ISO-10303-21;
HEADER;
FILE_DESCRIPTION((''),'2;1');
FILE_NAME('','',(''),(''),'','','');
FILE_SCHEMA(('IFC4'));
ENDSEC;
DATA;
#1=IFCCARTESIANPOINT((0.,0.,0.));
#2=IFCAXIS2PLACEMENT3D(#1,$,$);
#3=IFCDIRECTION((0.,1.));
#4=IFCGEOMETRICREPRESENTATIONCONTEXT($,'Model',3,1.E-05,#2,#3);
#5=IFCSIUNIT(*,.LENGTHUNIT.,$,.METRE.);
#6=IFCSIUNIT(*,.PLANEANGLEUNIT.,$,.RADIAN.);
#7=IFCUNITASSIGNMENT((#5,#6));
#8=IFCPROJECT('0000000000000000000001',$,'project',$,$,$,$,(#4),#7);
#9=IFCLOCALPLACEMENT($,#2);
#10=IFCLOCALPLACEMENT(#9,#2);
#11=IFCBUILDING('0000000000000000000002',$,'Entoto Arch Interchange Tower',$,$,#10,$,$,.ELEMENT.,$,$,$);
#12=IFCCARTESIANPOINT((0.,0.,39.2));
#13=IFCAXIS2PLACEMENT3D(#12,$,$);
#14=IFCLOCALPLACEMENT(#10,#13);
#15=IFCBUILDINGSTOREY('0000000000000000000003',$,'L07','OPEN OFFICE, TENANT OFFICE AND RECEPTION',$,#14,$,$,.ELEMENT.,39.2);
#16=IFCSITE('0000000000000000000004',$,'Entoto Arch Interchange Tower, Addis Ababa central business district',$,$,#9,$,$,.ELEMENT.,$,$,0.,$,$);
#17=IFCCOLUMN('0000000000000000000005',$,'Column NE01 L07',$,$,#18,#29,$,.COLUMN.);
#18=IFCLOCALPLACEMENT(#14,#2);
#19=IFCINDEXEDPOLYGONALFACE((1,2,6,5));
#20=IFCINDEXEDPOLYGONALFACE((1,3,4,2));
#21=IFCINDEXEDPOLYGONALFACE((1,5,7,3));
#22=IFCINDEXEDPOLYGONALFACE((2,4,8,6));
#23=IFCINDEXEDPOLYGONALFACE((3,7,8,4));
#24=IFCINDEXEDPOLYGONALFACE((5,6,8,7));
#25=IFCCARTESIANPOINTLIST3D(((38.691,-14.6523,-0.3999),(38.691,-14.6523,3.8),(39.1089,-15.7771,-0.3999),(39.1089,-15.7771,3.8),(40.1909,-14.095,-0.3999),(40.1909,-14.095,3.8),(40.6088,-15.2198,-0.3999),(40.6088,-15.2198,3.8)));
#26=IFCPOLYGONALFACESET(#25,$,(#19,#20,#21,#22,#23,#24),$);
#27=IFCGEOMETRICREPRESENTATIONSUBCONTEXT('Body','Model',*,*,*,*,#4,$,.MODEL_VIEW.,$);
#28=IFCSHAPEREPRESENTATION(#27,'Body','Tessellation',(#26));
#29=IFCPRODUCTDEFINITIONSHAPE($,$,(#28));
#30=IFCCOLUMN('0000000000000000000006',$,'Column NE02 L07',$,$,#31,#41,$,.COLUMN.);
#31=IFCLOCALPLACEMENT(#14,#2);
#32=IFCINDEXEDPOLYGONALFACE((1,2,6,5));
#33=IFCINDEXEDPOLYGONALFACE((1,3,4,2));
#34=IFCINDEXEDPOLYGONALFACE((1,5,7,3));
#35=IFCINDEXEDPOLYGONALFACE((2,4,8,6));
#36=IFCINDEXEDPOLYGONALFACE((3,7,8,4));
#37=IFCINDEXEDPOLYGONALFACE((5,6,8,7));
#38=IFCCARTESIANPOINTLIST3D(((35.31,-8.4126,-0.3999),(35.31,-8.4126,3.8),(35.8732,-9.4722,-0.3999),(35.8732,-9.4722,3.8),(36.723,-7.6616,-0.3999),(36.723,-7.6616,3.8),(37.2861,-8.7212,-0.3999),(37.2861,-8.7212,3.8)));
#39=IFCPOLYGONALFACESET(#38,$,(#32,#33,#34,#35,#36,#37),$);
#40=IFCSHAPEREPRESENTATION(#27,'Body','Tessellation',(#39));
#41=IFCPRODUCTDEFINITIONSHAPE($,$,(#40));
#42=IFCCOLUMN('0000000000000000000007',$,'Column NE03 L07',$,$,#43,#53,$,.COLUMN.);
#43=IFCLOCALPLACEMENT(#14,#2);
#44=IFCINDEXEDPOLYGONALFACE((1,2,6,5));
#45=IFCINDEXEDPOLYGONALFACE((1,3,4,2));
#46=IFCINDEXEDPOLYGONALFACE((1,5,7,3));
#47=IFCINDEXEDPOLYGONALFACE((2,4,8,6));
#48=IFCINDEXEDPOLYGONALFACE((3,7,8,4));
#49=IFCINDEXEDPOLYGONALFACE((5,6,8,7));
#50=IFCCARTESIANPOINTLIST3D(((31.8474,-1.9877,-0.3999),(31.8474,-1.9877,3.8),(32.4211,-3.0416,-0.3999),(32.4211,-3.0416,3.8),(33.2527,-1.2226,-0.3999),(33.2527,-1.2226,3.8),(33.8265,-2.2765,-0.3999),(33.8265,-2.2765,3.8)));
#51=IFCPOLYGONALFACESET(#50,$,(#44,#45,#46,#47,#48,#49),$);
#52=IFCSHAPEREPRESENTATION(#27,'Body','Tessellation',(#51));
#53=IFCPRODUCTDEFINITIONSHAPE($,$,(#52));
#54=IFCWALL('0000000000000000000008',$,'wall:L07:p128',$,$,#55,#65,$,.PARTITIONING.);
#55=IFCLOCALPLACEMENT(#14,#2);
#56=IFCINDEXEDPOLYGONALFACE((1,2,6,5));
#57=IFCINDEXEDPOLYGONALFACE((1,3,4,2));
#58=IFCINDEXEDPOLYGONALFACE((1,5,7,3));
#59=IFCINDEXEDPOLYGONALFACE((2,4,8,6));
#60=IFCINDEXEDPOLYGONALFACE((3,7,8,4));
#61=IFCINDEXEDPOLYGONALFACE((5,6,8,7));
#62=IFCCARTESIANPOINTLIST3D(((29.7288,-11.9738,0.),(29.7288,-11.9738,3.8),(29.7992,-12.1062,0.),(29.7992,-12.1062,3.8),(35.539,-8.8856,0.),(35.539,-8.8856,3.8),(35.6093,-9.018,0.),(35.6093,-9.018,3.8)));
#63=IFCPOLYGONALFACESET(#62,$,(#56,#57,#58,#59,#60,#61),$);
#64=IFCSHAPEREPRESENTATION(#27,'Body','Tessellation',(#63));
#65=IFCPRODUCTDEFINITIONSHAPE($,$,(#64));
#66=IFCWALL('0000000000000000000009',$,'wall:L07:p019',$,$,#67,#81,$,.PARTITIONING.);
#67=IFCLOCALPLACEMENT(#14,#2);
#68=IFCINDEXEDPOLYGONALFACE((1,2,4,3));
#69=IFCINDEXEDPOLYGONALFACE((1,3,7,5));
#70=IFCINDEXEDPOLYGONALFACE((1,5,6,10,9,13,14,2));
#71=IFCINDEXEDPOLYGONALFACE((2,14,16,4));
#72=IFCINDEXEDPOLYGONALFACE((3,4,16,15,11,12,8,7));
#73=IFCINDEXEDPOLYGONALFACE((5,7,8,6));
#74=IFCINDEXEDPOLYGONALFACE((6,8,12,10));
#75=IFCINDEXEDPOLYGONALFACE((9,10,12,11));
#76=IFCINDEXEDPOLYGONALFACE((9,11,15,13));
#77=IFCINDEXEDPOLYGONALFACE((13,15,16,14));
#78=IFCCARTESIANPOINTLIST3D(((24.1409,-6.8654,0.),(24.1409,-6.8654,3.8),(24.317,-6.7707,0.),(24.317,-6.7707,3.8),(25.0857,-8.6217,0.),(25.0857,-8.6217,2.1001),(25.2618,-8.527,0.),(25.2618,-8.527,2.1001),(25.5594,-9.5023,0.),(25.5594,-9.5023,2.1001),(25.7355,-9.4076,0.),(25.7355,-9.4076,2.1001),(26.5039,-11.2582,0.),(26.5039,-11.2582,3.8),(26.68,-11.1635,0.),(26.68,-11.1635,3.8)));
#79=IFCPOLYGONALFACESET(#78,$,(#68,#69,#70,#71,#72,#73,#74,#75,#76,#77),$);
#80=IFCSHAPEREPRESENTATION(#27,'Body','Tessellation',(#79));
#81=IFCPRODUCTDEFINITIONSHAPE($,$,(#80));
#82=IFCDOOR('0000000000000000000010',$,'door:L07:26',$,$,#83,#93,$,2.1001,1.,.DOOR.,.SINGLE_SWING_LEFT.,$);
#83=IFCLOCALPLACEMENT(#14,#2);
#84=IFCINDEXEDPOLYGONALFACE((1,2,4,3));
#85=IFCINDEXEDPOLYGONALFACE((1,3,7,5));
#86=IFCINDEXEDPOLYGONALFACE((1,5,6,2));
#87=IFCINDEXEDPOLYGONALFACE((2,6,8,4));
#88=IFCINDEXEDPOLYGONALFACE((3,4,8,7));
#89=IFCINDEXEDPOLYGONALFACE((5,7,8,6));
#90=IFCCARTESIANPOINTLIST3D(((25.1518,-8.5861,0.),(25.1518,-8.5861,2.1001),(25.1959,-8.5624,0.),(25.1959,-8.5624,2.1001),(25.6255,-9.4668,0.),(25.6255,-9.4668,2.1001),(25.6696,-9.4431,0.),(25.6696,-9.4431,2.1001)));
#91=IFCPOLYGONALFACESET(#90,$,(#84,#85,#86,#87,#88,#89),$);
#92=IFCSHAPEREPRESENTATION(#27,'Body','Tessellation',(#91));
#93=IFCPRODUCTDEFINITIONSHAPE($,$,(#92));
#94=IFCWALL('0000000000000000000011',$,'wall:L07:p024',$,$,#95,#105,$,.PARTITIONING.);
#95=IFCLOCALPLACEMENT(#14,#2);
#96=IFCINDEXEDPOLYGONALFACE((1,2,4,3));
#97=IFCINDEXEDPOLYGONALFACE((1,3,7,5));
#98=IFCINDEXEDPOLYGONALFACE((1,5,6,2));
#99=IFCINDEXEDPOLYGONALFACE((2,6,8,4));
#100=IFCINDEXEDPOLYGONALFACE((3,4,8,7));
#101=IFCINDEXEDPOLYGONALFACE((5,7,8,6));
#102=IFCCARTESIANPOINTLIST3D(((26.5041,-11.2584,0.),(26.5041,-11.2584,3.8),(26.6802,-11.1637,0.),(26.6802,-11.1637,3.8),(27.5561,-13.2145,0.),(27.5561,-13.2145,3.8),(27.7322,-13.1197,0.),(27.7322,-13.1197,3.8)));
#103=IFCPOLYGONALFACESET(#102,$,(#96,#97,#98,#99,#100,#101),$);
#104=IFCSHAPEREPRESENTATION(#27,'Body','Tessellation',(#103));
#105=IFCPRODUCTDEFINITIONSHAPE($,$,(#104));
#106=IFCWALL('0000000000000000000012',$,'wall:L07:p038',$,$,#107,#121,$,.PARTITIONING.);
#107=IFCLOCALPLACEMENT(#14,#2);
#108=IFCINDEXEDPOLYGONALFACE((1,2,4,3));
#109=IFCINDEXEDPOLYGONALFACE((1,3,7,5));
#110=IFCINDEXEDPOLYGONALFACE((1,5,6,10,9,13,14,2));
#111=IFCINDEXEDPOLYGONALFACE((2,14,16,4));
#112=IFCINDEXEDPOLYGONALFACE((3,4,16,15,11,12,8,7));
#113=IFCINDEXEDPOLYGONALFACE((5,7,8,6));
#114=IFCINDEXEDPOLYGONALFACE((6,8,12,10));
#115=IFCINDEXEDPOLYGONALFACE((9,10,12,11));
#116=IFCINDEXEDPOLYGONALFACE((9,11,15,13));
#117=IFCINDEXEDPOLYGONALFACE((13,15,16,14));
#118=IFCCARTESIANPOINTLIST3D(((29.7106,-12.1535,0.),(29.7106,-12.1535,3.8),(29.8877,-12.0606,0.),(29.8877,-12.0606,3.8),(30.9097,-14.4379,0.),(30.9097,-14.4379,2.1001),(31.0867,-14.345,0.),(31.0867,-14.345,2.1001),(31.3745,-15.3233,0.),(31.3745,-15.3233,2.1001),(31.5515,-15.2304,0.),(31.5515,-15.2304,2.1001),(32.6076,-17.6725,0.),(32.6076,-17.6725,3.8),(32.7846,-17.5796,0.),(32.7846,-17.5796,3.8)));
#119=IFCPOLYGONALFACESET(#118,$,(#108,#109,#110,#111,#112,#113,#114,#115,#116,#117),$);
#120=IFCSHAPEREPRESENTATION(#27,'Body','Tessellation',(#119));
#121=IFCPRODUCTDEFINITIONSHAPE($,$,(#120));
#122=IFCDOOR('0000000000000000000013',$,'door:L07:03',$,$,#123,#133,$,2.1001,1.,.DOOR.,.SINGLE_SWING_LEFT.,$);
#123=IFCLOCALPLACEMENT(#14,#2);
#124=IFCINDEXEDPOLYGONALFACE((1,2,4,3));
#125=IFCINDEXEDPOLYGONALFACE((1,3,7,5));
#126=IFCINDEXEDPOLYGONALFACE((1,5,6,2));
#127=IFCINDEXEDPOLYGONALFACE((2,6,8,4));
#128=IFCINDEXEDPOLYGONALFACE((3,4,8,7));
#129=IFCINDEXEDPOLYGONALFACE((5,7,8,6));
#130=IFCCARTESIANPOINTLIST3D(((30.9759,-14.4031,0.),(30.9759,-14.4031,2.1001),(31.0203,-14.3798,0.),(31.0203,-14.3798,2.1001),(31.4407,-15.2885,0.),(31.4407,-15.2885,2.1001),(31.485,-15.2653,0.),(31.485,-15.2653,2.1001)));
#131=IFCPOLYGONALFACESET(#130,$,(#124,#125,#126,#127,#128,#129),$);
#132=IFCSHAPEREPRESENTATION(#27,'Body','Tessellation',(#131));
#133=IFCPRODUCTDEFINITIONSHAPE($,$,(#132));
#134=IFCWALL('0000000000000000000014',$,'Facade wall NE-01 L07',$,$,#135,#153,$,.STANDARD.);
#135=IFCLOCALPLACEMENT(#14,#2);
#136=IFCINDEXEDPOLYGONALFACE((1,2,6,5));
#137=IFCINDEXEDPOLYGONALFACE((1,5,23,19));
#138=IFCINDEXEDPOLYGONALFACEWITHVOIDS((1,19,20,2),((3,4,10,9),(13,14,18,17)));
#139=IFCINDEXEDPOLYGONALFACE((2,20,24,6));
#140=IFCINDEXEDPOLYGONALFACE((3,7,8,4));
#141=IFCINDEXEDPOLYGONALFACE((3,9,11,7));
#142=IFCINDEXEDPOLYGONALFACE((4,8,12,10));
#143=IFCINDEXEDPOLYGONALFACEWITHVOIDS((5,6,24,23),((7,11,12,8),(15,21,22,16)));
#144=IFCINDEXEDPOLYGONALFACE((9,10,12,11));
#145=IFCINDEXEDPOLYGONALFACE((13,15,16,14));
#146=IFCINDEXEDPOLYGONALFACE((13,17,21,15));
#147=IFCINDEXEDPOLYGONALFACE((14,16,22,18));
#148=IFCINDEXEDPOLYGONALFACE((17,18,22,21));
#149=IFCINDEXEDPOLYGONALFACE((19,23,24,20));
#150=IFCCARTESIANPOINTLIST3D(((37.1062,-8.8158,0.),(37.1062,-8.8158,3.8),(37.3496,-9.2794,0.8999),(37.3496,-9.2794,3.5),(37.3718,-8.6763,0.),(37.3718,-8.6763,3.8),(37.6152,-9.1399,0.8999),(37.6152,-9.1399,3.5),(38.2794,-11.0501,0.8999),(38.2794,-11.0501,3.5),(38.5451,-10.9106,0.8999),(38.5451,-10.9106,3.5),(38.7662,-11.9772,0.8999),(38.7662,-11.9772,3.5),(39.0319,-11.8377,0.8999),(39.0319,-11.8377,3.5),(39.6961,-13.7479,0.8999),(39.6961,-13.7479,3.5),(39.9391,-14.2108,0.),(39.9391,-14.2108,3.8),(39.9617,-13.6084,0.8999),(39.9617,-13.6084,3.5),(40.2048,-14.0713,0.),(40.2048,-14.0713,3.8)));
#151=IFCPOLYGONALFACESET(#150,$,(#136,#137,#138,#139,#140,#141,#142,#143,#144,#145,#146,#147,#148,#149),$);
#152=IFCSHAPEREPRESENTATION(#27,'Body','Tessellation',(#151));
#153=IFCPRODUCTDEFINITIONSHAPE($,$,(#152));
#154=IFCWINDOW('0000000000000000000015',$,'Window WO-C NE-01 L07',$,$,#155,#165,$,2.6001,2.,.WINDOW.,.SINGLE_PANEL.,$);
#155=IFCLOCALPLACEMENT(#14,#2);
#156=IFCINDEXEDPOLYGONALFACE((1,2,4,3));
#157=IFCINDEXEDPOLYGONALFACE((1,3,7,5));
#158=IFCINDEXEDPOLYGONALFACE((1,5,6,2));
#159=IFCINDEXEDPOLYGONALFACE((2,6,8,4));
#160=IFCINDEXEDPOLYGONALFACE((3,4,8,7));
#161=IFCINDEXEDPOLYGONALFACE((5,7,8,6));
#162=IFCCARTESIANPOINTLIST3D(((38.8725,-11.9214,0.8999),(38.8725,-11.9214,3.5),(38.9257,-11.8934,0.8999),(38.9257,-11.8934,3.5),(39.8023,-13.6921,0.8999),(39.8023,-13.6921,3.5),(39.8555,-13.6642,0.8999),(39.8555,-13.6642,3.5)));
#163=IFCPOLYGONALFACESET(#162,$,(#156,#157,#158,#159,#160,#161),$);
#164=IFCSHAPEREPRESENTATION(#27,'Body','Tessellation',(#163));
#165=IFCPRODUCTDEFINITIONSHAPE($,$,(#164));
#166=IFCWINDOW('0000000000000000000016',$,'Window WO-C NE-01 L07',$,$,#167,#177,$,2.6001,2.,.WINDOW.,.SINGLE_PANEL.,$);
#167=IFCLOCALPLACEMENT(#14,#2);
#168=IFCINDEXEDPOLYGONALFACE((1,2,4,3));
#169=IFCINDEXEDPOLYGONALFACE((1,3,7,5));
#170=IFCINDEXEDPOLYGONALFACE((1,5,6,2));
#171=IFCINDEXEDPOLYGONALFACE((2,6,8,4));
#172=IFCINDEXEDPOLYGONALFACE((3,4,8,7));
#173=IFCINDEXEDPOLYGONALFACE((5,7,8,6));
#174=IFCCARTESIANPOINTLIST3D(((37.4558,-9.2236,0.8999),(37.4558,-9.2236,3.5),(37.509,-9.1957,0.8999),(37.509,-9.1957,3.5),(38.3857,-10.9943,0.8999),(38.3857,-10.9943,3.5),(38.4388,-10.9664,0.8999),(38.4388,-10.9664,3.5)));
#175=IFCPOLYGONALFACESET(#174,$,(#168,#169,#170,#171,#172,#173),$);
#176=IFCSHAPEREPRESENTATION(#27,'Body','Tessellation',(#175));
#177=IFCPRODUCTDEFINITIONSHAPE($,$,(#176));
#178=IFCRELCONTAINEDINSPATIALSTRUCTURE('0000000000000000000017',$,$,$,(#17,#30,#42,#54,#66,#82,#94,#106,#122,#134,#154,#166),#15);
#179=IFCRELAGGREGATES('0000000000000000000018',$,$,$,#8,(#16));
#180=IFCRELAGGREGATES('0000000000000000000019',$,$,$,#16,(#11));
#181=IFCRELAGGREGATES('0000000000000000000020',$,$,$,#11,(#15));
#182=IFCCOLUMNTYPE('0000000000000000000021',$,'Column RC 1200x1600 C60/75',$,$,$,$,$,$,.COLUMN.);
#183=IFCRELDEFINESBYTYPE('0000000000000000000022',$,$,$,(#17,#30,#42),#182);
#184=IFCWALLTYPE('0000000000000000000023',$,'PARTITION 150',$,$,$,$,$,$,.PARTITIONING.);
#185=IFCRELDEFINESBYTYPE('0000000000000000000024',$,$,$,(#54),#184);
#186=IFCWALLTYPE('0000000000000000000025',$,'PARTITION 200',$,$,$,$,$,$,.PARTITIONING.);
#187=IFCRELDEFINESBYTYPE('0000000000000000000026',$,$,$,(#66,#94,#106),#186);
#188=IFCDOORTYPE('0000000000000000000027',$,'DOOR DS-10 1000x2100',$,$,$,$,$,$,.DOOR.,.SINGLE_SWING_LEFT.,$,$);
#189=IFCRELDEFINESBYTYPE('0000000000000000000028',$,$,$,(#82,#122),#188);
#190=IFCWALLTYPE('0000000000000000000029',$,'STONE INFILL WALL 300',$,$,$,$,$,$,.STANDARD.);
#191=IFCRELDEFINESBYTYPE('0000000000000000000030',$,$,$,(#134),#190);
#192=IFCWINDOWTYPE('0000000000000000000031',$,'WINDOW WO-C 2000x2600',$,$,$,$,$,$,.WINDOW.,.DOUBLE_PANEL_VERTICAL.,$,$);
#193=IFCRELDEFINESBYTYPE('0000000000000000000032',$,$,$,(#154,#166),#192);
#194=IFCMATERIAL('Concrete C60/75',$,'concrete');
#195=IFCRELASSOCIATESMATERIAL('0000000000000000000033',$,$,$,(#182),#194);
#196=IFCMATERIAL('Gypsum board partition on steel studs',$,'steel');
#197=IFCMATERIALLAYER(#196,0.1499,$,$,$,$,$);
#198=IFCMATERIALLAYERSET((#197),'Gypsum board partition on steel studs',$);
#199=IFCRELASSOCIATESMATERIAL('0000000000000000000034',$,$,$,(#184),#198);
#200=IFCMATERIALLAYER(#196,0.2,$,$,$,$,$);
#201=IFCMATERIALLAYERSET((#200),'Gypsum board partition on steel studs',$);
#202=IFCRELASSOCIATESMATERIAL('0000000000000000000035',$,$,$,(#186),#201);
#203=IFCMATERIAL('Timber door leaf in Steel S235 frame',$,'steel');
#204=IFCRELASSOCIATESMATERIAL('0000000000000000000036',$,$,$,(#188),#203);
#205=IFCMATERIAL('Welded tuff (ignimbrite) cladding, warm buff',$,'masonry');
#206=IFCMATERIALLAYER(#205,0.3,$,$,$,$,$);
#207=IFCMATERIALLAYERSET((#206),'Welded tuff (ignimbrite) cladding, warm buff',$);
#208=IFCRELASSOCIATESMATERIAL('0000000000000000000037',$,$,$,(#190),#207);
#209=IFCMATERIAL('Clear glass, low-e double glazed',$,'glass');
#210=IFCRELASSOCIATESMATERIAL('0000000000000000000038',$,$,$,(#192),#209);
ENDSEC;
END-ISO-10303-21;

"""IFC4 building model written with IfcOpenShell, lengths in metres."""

from ifc_helpers import new_model, si_unit, direction, frame, frame_2d, origin, origin_2d, place, context, subcontext, project, spatial, rectangle, extrude, material, layer, layer_set, material_profile, profile_set, type_object, element, fill, save


model = new_model("IFC4")

# Units and contexts
model_context = context("Model", 3, precision=1e-05, world=origin(), true_north=direction((0.0, 1.0)))
body_context = subcontext(model_context, "Body", "Model", "MODEL_VIEW")
ifc_project = project(units=[si_unit("LENGTHUNIT", "METRE"), si_unit("PLANEANGLEUNIT", "RADIAN")], contexts=[model_context])

# Site, building, storey
site_placement = place(None, origin())
site = spatial("IfcSite", under=ifc_project, at=site_placement, Name="Entoto Arch Interchange Tower, Addis Ababa central business district", CompositionType="ELEMENT", RefElevation=0.0)
building_placement = place(site_placement, origin())
building = spatial("IfcBuilding", under=site, at=building_placement, Name="Entoto Arch Interchange Tower", CompositionType="ELEMENT")
storey_placement = place(building_placement, frame((0.0, 0.0, 39.2)))
storey = spatial("IfcBuildingStorey", under=building, at=storey_placement, Name="L07", Description="OPEN OFFICE, TENANT OFFICE AND RECEPTION", CompositionType="ELEMENT", Elevation=39.2)

# Columns
ifc_material_1 = material(Name="Concrete C60/75", Category="concrete")
ifc_material_profile = material_profile(ifc_material_1, rectangle(XDim=1.2, YDim=1.6001, at=origin_2d()))
ifc_profile_set = profile_set([ifc_material_profile], Name="Concrete C60/75")
column_type = type_object("IfcColumnType", Name="Column RC 1200x1600 C60/75", PredefinedType="COLUMN", material=ifc_profile_set)
for number, where, z_axis, x_axis, name in (
    (1, (39.6499, -14.936, -0.3999), (0.0, 0.0, 1.0), (-0.348278, 0.937391, 0.0), "Column NE01 L07"),
    (2, (36.2981, -8.5669, -0.3999), (0.0, 0.0, 1.0), (-0.469317, 0.88303, 0.0), "Column NE02 L07"),
    (3, (32.8369, -2.1321, -0.3999), (0.0, 0.0, 1.0), (-0.47814, 0.878284, 0.0), "Column NE03 L07"),
):
    element("IfcColumn", number, at=place(storey_placement, frame(where, z_axis=z_axis, x_axis=x_axis)), inside=storey, type_object=column_type, Name=name, PredefinedType="COLUMN", context=body_context, shape_type="SweptSolid", body=[
        extrude(rectangle(XDim=1.2, YDim=1.6001, at=origin_2d()), origin(), (0.0, 0.0, 1.0), 4.2),
    ])

# Wall
ifc_material_2 = material(Name="Gypsum board partition on steel studs", Category="steel")
ifc_layer_1 = layer(ifc_material_2, 0.1499)
ifc_layer_set_1 = layer_set([ifc_layer_1], Name="Gypsum board partition on steel studs")
wall_type_1 = type_object("IfcWallType", Name="PARTITION 150", PredefinedType="PARTITIONING", material=ifc_layer_set_1)
wall_1_placement = place(storey_placement, frame((29.7639, -12.04, 0.0), z_axis=(0.0, 0.0, 1.0), x_axis=(0.883019, 0.469338, 0.0)))
element("IfcWall", 4, at=wall_1_placement, inside=storey, type_object=wall_type_1, Name="wall:L07:p128", PredefinedType="PARTITIONING", context=body_context, shape_type="SweptSolid", body=[
    extrude(rectangle(XDim=6.5798, YDim=0.1499, at=frame_2d((3.29, 0.0))), origin(), (0.0, 0.0, 1.0), 3.8),
])

# Wall, opening, door
ifc_layer_2 = layer(ifc_material_2, 0.2)
ifc_layer_set_2 = layer_set([ifc_layer_2], Name="Gypsum board partition on steel studs")
wall_type_2 = type_object("IfcWallType", Name="PARTITION 200", PredefinedType="PARTITIONING", material=ifc_layer_set_2)
wall_2_placement = place(storey_placement, frame((26.592, -11.2109, 0.0), z_axis=(0.0, 0.0, 1.0), x_axis=(-0.473738, 0.880666, 0.0)))
wall_2 = element("IfcWall", 5, at=wall_2_placement, inside=storey, type_object=wall_type_2, Name="wall:L07:p019", PredefinedType="PARTITIONING", context=body_context, shape_type="SweptSolid", body=[
    extrude(rectangle(XDim=4.988, YDim=0.2, at=frame_2d((2.4941, 0.0))), origin(), (0.0, 0.0, 1.0), 3.8),
])
opening_1_placement = place(wall_2_placement, frame((1.9939, 0.0, 0.0)))
opening_1 = element("IfcOpeningElement", 6, at=opening_1_placement, cuts=wall_2, PredefinedType="OPENING", context=body_context, shape_type="SweptSolid", body=[
    extrude(rectangle(XDim=1.0, YDim=2.1001, at=frame_2d((0.5, 1.05))), frame((0.0, 0.1099, 0.0), z_axis=(0.0, -1.0, 0.0), x_axis=(1.0, 0.0, 0.0)), (0.0, 0.0, 1.0), 0.22),
])
ifc_material_3 = material(Name="Timber door leaf in Steel S235 frame", Category="steel")
door_type = type_object("IfcDoorType", Name="DOOR DS-10 1000x2100", OperationType="SINGLE_SWING_LEFT", PredefinedType="DOOR", material=ifc_material_3)
door_1_placement = place(opening_1_placement, origin())
door_1 = element("IfcDoor", 7, at=door_1_placement, inside=storey, type_object=door_type, Name="door:L07:26", OperationType="SINGLE_SWING_LEFT", OverallHeight=2.1001, OverallWidth=1.0, PredefinedType="DOOR", context=body_context, shape_type="SweptSolid", body=[
    extrude(rectangle(XDim=1.0, YDim=2.1001, at=frame_2d((0.5, 1.05))), frame((0.0, 0.0249, 0.0), z_axis=(0.0, -1.0, 0.0), x_axis=(1.0, 0.0, 0.0)), (0.0, 0.0, 1.0), 0.05),
])
fill(opening_1, door_1)

# Wall
wall_3_placement = place(storey_placement, frame((27.644, -13.167, 0.0), z_axis=(0.0, 0.0, 1.0), x_axis=(-0.473661, 0.880707, 0.0)))
element("IfcWall", 8, at=wall_3_placement, inside=storey, type_object=wall_type_2, Name="wall:L07:p024", PredefinedType="PARTITIONING", context=body_context, shape_type="SweptSolid", body=[
    extrude(rectangle(XDim=2.2209, YDim=0.2, at=frame_2d((1.1104, 0.0))), origin(), (0.0, 0.0, 1.0), 3.8),
])

# Wall, opening, door
wall_4_placement = place(storey_placement, frame((29.7991, -12.1069, 0.0), z_axis=(0.0, 0.0, 1.0), x_axis=(0.464768, -0.885433, 0.0)))
wall_4 = element("IfcWall", 9, at=wall_4_placement, inside=storey, type_object=wall_type_2, Name="wall:L07:p038", PredefinedType="PARTITIONING", context=body_context, shape_type="SweptSolid", body=[
    extrude(rectangle(XDim=6.2332, YDim=0.2, at=frame_2d((3.1167, 0.0))), origin(), (0.0, 0.0, 1.0), 3.8),
])
opening_2_placement = place(wall_4_placement, frame((2.5801, 0.0, 0.0)))
opening_2 = element("IfcOpeningElement", 10, at=opening_2_placement, cuts=wall_4, PredefinedType="OPENING", context=body_context, shape_type="SweptSolid", body=[
    extrude(rectangle(XDim=1.0, YDim=2.1001, at=frame_2d((0.5, 1.05))), frame((0.0, 0.1099, 0.0), z_axis=(0.0, -1.0, 0.0), x_axis=(1.0, 0.0, 0.0)), (0.0, 0.0, 1.0), 0.22),
])
door_2_placement = place(opening_2_placement, origin())
door_2 = element("IfcDoor", 11, at=door_2_placement, inside=storey, type_object=door_type, Name="door:L07:03", OperationType="SINGLE_SWING_LEFT", OverallHeight=2.1001, OverallWidth=1.0, PredefinedType="DOOR", context=body_context, shape_type="SweptSolid", body=[
    extrude(rectangle(XDim=1.0, YDim=2.1001, at=frame_2d((0.5, 1.05))), frame((0.0, 0.0249, 0.0), z_axis=(0.0, -1.0, 0.0), x_axis=(1.0, 0.0, 0.0)), (0.0, 0.0, 1.0), 0.05),
])
fill(opening_2, door_2)

# Wall, openings, windows
ifc_material_4 = material(Name="Welded tuff (ignimbrite) cladding, warm buff", Category="masonry")
ifc_layer_3 = layer(ifc_material_4, 0.3)
ifc_layer_set_3 = layer_set([ifc_layer_3], Name="Welded tuff (ignimbrite) cladding, warm buff")
wall_type_3 = type_object("IfcWallType", Name="STONE INFILL WALL 300", PredefinedType="STANDARD", material=ifc_layer_set_3)
wall_5_placement = place(storey_placement, frame((40.072, -14.1411, 0.0), z_axis=(0.0, 0.0, 1.0), x_axis=(-0.464914, 0.885356, 0.0)))
wall_5 = element("IfcWall", 12, at=wall_5_placement, inside=storey, type_object=wall_type_3, Name="Facade wall NE-01 L07", PredefinedType="STANDARD", context=body_context, shape_type="SweptSolid", body=[
    extrude(rectangle(XDim=6.0935, YDim=0.3, at=frame_2d((3.0469, 0.0))), origin(), (0.0, 0.0, 1.0), 3.8),
])
opening_3_placement = place(wall_5_placement, frame((0.5229, 0.0, 0.8999)))
opening_3 = element("IfcOpeningElement", 13, at=opening_3_placement, cuts=wall_5, PredefinedType="OPENING", context=body_context, shape_type="SweptSolid", body=[
    extrude(rectangle(XDim=2.0, YDim=2.6001, at=frame_2d((1.0, 1.3))), frame((0.0, 0.1602, 0.0), z_axis=(0.0, -1.0, 0.0), x_axis=(1.0, 0.0, 0.0)), (0.0, 0.0, 1.0), 0.3201),
])
opening_4_placement = place(wall_5_placement, frame((3.5701, 0.0, 0.8999)))
opening_4 = element("IfcOpeningElement", 14, at=opening_4_placement, cuts=wall_5, PredefinedType="OPENING", context=body_context, shape_type="SweptSolid", body=[
    extrude(rectangle(XDim=2.0, YDim=2.6001, at=frame_2d((1.0, 1.3))), frame((0.0, 0.1602, 0.0), z_axis=(0.0, -1.0, 0.0), x_axis=(1.0, 0.0, 0.0)), (0.0, 0.0, 1.0), 0.3201),
])
ifc_material_5 = material(Name="Clear glass, low-e double glazed", Category="glass")
window_type = type_object("IfcWindowType", Name="WINDOW WO-C 2000x2600", PartitioningType="DOUBLE_PANEL_VERTICAL", PredefinedType="WINDOW", material=ifc_material_5)
window_1_placement = place(opening_3_placement, origin())
window_1 = element("IfcWindow", 15, at=window_1_placement, inside=storey, type_object=window_type, Name="Window WO-C NE-01 L07", OverallHeight=2.6001, OverallWidth=2.0, PartitioningType="SINGLE_PANEL", PredefinedType="WINDOW", context=body_context, shape_type="SweptSolid", body=[
    extrude(rectangle(XDim=2.0, YDim=2.6001, at=frame_2d((1.0, 1.3))), frame((0.0, 0.03, 0.0), z_axis=(0.0, -1.0, 0.0), x_axis=(1.0, 0.0, 0.0)), (0.0, 0.0, 1.0), 0.0601),
])
fill(opening_3, window_1)
window_2_placement = place(opening_4_placement, origin())
window_2 = element("IfcWindow", 16, at=window_2_placement, inside=storey, type_object=window_type, Name="Window WO-C NE-01 L07", OverallHeight=2.6001, OverallWidth=2.0, PartitioningType="SINGLE_PANEL", PredefinedType="WINDOW", context=body_context, shape_type="SweptSolid", body=[
    extrude(rectangle(XDim=2.0, YDim=2.6001, at=frame_2d((1.0, 1.3))), frame((0.0, 0.03, 0.0), z_axis=(0.0, -1.0, 0.0), x_axis=(1.0, 0.0, 0.0)), (0.0, 0.0, 1.0), 0.0601),
])
fill(opening_4, window_2)

save(model, "model.ifc")
